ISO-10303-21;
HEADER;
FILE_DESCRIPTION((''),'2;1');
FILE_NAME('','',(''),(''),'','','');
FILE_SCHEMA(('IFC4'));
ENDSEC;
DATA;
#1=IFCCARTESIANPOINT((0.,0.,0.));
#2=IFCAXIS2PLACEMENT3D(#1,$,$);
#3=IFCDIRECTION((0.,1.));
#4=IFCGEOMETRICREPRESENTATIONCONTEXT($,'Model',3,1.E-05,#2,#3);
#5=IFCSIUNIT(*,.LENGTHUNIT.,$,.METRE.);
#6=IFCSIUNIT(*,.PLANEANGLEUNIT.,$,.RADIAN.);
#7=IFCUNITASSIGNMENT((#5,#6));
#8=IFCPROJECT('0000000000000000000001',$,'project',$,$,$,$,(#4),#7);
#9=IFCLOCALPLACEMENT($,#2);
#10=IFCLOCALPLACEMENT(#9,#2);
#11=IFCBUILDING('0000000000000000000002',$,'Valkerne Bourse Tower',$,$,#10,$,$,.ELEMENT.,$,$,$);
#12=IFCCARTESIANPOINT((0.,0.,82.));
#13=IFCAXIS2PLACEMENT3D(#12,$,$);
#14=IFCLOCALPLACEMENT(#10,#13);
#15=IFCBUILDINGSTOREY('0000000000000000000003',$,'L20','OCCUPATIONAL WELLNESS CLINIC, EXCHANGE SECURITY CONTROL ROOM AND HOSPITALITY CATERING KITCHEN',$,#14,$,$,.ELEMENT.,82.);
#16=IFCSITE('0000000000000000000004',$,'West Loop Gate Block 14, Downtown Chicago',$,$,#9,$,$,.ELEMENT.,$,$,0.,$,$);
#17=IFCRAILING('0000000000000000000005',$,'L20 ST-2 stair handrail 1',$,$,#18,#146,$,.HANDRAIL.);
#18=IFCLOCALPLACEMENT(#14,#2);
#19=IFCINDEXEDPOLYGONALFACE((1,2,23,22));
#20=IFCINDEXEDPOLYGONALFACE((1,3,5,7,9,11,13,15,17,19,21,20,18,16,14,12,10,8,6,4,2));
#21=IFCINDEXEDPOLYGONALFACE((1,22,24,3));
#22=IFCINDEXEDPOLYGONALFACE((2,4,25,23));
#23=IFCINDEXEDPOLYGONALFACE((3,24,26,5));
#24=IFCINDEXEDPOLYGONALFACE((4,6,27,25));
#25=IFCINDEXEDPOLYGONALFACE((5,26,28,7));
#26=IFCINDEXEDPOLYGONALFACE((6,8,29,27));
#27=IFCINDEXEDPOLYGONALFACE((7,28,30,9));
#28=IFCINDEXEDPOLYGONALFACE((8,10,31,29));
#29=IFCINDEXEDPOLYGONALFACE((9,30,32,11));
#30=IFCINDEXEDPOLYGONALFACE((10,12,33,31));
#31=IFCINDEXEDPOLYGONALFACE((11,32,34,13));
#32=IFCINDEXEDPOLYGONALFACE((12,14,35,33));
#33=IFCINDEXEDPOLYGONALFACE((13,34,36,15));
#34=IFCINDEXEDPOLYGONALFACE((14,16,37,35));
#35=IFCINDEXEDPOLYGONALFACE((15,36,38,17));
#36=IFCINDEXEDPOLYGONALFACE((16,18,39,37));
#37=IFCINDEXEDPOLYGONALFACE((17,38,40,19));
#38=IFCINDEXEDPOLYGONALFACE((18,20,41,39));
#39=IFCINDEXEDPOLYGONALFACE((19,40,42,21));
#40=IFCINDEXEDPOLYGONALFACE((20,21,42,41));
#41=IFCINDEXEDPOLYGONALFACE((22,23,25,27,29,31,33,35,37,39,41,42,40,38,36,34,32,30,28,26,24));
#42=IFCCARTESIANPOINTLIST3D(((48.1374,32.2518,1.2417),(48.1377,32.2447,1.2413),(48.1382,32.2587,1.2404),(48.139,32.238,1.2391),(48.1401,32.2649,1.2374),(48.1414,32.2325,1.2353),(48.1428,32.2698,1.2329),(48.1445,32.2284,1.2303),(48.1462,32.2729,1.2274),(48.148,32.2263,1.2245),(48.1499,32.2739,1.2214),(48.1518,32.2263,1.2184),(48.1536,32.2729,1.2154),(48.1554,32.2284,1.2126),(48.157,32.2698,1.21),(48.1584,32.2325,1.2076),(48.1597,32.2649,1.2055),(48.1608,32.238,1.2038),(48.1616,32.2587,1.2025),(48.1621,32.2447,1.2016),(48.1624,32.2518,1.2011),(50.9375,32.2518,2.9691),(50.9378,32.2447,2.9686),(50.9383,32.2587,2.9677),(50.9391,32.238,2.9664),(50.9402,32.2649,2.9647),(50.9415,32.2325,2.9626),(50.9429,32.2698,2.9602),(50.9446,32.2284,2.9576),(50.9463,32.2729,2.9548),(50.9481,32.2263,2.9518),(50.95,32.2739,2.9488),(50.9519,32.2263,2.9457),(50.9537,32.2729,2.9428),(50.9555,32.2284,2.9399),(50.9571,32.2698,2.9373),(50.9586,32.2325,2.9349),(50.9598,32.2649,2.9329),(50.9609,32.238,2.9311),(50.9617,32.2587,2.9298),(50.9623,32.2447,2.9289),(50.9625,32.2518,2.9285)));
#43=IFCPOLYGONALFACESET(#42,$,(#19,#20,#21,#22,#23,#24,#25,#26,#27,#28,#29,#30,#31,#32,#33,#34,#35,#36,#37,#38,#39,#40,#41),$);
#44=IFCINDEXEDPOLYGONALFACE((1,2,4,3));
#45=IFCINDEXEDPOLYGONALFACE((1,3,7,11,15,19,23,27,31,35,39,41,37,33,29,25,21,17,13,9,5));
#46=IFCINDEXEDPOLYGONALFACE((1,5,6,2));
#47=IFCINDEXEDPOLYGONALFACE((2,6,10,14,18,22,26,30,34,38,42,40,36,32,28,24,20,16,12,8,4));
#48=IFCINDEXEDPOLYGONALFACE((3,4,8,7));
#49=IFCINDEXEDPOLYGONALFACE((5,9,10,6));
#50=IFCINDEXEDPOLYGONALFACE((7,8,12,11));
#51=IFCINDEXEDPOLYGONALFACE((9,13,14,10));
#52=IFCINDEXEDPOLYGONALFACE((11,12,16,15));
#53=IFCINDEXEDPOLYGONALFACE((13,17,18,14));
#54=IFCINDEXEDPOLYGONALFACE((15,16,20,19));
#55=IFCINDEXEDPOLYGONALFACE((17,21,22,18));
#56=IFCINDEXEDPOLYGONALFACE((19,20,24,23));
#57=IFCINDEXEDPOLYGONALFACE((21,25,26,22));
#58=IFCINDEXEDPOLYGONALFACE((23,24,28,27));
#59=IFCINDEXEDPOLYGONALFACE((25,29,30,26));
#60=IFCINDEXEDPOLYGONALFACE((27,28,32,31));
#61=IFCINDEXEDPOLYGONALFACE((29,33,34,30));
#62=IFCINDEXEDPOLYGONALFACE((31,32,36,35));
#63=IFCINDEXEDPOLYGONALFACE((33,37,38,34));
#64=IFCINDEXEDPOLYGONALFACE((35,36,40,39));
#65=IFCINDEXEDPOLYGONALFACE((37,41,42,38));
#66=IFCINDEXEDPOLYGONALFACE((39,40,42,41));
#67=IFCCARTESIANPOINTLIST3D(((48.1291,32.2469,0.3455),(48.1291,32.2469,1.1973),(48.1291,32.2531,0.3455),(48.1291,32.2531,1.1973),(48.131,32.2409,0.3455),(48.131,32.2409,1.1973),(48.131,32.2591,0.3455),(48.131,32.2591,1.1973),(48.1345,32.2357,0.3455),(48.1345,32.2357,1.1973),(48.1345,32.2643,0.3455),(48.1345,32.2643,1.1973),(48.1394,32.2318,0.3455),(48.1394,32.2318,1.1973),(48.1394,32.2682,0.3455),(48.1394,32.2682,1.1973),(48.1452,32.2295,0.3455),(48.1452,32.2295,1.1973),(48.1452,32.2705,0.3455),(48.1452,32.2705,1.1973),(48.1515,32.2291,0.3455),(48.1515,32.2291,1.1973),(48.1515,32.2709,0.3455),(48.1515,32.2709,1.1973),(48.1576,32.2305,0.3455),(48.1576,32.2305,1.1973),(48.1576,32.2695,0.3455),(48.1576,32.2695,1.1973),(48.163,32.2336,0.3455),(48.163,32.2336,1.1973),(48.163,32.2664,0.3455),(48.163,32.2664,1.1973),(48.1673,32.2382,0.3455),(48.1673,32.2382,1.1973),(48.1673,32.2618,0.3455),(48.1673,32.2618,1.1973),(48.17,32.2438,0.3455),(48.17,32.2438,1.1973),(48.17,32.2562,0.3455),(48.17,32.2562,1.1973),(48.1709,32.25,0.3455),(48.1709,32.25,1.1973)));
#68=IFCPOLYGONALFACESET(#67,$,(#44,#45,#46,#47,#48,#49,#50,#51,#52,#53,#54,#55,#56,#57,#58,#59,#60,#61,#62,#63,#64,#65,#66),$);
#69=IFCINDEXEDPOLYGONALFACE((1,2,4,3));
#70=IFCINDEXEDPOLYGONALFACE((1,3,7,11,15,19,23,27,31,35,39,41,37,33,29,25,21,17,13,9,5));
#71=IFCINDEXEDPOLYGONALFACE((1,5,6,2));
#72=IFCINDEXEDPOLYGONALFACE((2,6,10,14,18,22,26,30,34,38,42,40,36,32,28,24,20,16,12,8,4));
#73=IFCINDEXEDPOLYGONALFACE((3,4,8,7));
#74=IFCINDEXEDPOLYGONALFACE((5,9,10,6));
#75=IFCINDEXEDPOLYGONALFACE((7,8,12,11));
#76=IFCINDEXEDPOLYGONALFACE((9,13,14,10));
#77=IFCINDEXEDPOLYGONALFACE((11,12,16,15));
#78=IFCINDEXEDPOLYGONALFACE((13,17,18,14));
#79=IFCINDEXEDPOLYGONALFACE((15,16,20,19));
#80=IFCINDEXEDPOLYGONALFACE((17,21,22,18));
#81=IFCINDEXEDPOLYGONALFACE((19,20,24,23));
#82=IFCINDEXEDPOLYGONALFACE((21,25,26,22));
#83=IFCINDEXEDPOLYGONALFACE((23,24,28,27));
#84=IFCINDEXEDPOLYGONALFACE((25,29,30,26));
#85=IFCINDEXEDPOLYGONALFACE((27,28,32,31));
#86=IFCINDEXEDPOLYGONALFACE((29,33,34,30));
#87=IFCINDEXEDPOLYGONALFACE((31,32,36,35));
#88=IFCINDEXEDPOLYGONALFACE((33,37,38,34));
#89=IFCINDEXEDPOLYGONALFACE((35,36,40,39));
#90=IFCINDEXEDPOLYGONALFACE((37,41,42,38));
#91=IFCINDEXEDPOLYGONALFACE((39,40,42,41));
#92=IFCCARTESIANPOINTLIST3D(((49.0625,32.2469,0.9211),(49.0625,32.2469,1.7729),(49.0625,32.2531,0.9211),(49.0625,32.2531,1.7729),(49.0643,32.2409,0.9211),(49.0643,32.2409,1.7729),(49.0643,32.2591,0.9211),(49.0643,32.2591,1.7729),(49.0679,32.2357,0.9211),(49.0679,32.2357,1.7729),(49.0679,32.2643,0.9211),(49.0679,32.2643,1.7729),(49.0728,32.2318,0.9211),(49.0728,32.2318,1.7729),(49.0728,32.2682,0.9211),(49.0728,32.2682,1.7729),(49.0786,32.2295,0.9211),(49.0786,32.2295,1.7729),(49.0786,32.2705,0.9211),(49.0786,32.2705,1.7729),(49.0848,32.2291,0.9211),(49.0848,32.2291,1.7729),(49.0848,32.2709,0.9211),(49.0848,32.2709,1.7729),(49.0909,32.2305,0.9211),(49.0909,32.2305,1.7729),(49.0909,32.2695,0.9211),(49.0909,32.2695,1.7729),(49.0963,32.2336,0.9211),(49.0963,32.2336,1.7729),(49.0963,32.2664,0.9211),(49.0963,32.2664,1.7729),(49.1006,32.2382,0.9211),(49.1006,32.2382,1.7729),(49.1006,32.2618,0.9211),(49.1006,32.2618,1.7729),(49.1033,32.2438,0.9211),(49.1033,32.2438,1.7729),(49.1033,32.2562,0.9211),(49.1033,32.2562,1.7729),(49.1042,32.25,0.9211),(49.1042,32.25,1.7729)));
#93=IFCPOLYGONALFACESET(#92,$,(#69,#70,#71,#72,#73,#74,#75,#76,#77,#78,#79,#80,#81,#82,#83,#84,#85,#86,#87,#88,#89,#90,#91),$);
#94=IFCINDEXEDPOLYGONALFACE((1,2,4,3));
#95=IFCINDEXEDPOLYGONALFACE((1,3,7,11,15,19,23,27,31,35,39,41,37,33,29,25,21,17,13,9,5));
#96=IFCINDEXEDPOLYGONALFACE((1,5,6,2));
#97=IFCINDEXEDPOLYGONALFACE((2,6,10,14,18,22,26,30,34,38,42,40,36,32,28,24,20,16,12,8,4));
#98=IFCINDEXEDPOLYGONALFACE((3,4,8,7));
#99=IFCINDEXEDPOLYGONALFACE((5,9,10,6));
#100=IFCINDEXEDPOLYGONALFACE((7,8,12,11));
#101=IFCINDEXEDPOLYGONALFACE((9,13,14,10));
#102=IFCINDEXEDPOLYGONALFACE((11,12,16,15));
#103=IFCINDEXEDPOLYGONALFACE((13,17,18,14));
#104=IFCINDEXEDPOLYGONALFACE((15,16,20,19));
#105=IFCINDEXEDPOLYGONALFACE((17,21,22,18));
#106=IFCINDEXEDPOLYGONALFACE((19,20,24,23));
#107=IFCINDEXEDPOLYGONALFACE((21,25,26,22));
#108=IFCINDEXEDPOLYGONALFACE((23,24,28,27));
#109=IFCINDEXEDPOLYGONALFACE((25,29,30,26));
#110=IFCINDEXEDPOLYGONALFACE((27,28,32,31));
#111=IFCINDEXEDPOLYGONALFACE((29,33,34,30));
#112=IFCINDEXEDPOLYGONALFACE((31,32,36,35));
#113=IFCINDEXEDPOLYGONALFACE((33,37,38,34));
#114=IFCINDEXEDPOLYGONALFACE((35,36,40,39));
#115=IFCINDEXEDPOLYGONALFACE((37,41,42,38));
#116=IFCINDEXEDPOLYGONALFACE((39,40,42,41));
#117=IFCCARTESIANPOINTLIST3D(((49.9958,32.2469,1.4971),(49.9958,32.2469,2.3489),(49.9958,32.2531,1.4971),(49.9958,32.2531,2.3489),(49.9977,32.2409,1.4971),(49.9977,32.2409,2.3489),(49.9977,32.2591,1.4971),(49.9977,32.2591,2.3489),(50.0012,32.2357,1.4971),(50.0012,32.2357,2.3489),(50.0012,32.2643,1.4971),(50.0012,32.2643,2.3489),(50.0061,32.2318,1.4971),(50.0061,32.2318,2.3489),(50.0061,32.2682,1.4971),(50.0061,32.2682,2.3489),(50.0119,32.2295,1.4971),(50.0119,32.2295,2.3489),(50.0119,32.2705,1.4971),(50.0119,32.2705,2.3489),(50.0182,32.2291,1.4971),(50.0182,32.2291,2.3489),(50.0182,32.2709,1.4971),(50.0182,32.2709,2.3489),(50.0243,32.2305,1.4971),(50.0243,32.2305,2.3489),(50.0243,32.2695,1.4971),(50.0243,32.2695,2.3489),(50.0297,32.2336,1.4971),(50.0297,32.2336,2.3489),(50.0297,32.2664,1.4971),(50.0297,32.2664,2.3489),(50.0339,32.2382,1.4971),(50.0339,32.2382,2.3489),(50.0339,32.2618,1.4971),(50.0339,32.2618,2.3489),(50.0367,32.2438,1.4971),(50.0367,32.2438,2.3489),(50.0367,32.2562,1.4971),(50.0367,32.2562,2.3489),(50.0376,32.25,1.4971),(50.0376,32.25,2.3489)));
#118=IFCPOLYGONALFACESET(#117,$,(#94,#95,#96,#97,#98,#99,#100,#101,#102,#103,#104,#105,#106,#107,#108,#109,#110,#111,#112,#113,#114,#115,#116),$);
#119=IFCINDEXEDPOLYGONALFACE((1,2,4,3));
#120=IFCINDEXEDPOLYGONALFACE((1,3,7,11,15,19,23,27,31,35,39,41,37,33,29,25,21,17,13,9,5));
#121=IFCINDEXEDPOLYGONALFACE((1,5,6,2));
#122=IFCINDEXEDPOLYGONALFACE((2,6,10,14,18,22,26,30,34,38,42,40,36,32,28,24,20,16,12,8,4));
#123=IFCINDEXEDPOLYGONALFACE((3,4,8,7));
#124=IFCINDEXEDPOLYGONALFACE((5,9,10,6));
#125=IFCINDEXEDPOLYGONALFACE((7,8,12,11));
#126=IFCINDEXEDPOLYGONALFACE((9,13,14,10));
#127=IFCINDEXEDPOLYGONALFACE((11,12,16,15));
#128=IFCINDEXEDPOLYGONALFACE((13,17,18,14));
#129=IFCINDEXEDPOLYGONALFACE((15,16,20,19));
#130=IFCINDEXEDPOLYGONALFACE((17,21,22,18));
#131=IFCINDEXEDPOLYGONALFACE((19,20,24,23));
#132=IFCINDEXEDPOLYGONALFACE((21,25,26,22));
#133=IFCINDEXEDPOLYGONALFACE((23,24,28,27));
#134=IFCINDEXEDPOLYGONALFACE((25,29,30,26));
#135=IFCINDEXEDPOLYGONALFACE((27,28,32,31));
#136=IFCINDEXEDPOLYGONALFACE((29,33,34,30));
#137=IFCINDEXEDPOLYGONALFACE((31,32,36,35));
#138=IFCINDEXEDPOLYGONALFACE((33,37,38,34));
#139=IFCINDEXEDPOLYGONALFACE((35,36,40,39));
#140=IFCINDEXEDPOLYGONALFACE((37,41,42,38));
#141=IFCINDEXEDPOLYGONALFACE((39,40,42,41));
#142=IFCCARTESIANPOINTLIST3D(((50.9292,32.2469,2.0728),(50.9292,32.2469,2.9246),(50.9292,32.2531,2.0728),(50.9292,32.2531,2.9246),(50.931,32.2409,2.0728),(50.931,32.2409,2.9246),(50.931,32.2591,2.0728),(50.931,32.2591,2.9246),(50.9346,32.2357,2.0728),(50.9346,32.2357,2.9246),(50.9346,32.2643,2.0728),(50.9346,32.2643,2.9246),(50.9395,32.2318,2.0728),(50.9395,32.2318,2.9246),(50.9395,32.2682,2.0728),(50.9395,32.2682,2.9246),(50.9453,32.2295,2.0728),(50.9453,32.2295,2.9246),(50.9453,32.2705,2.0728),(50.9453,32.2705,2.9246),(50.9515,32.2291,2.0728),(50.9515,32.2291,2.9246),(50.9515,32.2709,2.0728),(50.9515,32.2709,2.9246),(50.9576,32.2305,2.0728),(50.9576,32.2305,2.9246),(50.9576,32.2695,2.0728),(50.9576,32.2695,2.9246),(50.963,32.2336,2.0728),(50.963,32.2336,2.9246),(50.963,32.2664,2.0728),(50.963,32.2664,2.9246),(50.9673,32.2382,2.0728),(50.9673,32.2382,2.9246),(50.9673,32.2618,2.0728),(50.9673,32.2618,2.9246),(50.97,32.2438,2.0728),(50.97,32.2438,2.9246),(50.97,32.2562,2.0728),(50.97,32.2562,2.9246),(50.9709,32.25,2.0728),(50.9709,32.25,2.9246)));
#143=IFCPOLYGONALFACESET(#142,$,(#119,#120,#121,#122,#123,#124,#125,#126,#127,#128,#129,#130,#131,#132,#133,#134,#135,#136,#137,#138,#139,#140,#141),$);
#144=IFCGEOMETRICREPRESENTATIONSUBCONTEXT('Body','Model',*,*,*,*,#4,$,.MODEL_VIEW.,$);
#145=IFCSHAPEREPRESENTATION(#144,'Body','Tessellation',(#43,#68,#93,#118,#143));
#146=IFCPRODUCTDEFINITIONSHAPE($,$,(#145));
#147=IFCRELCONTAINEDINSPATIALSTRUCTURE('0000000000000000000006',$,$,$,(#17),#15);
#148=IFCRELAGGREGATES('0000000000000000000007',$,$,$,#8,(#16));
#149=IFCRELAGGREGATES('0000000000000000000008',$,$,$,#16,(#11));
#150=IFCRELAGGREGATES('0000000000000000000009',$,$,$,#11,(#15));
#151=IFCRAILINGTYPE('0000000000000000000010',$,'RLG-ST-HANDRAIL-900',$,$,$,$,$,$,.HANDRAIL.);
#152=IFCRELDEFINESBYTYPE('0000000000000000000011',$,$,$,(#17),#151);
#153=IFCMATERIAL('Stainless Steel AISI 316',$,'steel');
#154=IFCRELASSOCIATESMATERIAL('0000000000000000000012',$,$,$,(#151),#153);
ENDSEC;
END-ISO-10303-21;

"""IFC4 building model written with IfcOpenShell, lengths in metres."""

from ifc_helpers import new_model, si_unit, direction, frame, origin, origin_2d, place, context, subcontext, project, spatial, circle, extrude, material, type_object, element, save


model = new_model("IFC4")

# Units and contexts
model_context = context("Model", 3, precision=1e-05, world=origin(), true_north=direction((0.0, 1.0)))
body_context = subcontext(model_context, "Body", "Model", "MODEL_VIEW")
ifc_project = project(units=[si_unit("LENGTHUNIT", "METRE"), si_unit("PLANEANGLEUNIT", "RADIAN")], contexts=[model_context])

# Site, building, storey
site_placement = place(None, origin())
site = spatial("IfcSite", under=ifc_project, at=site_placement, Name="West Loop Gate Block 14, Downtown Chicago", CompositionType="ELEMENT", RefElevation=0.0)
building_placement = place(site_placement, origin())
building = spatial("IfcBuilding", under=site, at=building_placement, Name="Valkerne Bourse Tower", CompositionType="ELEMENT")
storey_placement = place(building_placement, frame((0.0, 0.0, 82.0)))
storey = spatial("IfcBuildingStorey", under=building, at=storey_placement, Name="L20", Description="OCCUPATIONAL WELLNESS CLINIC, EXCHANGE SECURITY CONTROL ROOM AND HOSPITALITY CATERING KITCHEN", CompositionType="ELEMENT", Elevation=82.0)

# Shared definitions
ifc_material_1 = material(Name="Stainless Steel AISI 316", Category="steel")

# Railing
railing_type_1 = type_object("IfcRailingType", Name="RLG-ST-HANDRAIL-900", PredefinedType="HANDRAIL", material=ifc_material_1)
railing_1_placement = place(storey_placement, frame((48.1499, 32.25, 0.3455)))
element("IfcRailing", 1, at=railing_1_placement, inside=storey, type_object=railing_type_1, Name="L20 ST-2 stair handrail 1", PredefinedType="HANDRAIL", context=body_context, shape_type="SweptSolid", body=[
    extrude(circle(Radius=0.0239, at=origin_2d()), frame((0.0, 0.0, 0.876), z_axis=(0.85109, 0.0, 0.52502), x_axis=(0.0, 1.0, 0.0)), (0.0, 0.0, 1.0), 3.29),
    extrude(circle(Radius=0.021, at=origin_2d()), origin(), (0.0, 0.0, 1.0), 0.8518),
    extrude(circle(Radius=0.021, at=origin_2d()), frame((0.9333, 0.0, 0.5757)), (0.0, 0.0, 1.0), 0.8518),
    extrude(circle(Radius=0.021, at=origin_2d()), frame((1.8667, 0.0, 1.1516)), (0.0, 0.0, 1.0), 0.8518),
    extrude(circle(Radius=0.021, at=origin_2d()), frame((2.8, 0.0, 1.7273)), (0.0, 0.0, 1.0), 0.8518),
])

save(model, "model.ifc")
